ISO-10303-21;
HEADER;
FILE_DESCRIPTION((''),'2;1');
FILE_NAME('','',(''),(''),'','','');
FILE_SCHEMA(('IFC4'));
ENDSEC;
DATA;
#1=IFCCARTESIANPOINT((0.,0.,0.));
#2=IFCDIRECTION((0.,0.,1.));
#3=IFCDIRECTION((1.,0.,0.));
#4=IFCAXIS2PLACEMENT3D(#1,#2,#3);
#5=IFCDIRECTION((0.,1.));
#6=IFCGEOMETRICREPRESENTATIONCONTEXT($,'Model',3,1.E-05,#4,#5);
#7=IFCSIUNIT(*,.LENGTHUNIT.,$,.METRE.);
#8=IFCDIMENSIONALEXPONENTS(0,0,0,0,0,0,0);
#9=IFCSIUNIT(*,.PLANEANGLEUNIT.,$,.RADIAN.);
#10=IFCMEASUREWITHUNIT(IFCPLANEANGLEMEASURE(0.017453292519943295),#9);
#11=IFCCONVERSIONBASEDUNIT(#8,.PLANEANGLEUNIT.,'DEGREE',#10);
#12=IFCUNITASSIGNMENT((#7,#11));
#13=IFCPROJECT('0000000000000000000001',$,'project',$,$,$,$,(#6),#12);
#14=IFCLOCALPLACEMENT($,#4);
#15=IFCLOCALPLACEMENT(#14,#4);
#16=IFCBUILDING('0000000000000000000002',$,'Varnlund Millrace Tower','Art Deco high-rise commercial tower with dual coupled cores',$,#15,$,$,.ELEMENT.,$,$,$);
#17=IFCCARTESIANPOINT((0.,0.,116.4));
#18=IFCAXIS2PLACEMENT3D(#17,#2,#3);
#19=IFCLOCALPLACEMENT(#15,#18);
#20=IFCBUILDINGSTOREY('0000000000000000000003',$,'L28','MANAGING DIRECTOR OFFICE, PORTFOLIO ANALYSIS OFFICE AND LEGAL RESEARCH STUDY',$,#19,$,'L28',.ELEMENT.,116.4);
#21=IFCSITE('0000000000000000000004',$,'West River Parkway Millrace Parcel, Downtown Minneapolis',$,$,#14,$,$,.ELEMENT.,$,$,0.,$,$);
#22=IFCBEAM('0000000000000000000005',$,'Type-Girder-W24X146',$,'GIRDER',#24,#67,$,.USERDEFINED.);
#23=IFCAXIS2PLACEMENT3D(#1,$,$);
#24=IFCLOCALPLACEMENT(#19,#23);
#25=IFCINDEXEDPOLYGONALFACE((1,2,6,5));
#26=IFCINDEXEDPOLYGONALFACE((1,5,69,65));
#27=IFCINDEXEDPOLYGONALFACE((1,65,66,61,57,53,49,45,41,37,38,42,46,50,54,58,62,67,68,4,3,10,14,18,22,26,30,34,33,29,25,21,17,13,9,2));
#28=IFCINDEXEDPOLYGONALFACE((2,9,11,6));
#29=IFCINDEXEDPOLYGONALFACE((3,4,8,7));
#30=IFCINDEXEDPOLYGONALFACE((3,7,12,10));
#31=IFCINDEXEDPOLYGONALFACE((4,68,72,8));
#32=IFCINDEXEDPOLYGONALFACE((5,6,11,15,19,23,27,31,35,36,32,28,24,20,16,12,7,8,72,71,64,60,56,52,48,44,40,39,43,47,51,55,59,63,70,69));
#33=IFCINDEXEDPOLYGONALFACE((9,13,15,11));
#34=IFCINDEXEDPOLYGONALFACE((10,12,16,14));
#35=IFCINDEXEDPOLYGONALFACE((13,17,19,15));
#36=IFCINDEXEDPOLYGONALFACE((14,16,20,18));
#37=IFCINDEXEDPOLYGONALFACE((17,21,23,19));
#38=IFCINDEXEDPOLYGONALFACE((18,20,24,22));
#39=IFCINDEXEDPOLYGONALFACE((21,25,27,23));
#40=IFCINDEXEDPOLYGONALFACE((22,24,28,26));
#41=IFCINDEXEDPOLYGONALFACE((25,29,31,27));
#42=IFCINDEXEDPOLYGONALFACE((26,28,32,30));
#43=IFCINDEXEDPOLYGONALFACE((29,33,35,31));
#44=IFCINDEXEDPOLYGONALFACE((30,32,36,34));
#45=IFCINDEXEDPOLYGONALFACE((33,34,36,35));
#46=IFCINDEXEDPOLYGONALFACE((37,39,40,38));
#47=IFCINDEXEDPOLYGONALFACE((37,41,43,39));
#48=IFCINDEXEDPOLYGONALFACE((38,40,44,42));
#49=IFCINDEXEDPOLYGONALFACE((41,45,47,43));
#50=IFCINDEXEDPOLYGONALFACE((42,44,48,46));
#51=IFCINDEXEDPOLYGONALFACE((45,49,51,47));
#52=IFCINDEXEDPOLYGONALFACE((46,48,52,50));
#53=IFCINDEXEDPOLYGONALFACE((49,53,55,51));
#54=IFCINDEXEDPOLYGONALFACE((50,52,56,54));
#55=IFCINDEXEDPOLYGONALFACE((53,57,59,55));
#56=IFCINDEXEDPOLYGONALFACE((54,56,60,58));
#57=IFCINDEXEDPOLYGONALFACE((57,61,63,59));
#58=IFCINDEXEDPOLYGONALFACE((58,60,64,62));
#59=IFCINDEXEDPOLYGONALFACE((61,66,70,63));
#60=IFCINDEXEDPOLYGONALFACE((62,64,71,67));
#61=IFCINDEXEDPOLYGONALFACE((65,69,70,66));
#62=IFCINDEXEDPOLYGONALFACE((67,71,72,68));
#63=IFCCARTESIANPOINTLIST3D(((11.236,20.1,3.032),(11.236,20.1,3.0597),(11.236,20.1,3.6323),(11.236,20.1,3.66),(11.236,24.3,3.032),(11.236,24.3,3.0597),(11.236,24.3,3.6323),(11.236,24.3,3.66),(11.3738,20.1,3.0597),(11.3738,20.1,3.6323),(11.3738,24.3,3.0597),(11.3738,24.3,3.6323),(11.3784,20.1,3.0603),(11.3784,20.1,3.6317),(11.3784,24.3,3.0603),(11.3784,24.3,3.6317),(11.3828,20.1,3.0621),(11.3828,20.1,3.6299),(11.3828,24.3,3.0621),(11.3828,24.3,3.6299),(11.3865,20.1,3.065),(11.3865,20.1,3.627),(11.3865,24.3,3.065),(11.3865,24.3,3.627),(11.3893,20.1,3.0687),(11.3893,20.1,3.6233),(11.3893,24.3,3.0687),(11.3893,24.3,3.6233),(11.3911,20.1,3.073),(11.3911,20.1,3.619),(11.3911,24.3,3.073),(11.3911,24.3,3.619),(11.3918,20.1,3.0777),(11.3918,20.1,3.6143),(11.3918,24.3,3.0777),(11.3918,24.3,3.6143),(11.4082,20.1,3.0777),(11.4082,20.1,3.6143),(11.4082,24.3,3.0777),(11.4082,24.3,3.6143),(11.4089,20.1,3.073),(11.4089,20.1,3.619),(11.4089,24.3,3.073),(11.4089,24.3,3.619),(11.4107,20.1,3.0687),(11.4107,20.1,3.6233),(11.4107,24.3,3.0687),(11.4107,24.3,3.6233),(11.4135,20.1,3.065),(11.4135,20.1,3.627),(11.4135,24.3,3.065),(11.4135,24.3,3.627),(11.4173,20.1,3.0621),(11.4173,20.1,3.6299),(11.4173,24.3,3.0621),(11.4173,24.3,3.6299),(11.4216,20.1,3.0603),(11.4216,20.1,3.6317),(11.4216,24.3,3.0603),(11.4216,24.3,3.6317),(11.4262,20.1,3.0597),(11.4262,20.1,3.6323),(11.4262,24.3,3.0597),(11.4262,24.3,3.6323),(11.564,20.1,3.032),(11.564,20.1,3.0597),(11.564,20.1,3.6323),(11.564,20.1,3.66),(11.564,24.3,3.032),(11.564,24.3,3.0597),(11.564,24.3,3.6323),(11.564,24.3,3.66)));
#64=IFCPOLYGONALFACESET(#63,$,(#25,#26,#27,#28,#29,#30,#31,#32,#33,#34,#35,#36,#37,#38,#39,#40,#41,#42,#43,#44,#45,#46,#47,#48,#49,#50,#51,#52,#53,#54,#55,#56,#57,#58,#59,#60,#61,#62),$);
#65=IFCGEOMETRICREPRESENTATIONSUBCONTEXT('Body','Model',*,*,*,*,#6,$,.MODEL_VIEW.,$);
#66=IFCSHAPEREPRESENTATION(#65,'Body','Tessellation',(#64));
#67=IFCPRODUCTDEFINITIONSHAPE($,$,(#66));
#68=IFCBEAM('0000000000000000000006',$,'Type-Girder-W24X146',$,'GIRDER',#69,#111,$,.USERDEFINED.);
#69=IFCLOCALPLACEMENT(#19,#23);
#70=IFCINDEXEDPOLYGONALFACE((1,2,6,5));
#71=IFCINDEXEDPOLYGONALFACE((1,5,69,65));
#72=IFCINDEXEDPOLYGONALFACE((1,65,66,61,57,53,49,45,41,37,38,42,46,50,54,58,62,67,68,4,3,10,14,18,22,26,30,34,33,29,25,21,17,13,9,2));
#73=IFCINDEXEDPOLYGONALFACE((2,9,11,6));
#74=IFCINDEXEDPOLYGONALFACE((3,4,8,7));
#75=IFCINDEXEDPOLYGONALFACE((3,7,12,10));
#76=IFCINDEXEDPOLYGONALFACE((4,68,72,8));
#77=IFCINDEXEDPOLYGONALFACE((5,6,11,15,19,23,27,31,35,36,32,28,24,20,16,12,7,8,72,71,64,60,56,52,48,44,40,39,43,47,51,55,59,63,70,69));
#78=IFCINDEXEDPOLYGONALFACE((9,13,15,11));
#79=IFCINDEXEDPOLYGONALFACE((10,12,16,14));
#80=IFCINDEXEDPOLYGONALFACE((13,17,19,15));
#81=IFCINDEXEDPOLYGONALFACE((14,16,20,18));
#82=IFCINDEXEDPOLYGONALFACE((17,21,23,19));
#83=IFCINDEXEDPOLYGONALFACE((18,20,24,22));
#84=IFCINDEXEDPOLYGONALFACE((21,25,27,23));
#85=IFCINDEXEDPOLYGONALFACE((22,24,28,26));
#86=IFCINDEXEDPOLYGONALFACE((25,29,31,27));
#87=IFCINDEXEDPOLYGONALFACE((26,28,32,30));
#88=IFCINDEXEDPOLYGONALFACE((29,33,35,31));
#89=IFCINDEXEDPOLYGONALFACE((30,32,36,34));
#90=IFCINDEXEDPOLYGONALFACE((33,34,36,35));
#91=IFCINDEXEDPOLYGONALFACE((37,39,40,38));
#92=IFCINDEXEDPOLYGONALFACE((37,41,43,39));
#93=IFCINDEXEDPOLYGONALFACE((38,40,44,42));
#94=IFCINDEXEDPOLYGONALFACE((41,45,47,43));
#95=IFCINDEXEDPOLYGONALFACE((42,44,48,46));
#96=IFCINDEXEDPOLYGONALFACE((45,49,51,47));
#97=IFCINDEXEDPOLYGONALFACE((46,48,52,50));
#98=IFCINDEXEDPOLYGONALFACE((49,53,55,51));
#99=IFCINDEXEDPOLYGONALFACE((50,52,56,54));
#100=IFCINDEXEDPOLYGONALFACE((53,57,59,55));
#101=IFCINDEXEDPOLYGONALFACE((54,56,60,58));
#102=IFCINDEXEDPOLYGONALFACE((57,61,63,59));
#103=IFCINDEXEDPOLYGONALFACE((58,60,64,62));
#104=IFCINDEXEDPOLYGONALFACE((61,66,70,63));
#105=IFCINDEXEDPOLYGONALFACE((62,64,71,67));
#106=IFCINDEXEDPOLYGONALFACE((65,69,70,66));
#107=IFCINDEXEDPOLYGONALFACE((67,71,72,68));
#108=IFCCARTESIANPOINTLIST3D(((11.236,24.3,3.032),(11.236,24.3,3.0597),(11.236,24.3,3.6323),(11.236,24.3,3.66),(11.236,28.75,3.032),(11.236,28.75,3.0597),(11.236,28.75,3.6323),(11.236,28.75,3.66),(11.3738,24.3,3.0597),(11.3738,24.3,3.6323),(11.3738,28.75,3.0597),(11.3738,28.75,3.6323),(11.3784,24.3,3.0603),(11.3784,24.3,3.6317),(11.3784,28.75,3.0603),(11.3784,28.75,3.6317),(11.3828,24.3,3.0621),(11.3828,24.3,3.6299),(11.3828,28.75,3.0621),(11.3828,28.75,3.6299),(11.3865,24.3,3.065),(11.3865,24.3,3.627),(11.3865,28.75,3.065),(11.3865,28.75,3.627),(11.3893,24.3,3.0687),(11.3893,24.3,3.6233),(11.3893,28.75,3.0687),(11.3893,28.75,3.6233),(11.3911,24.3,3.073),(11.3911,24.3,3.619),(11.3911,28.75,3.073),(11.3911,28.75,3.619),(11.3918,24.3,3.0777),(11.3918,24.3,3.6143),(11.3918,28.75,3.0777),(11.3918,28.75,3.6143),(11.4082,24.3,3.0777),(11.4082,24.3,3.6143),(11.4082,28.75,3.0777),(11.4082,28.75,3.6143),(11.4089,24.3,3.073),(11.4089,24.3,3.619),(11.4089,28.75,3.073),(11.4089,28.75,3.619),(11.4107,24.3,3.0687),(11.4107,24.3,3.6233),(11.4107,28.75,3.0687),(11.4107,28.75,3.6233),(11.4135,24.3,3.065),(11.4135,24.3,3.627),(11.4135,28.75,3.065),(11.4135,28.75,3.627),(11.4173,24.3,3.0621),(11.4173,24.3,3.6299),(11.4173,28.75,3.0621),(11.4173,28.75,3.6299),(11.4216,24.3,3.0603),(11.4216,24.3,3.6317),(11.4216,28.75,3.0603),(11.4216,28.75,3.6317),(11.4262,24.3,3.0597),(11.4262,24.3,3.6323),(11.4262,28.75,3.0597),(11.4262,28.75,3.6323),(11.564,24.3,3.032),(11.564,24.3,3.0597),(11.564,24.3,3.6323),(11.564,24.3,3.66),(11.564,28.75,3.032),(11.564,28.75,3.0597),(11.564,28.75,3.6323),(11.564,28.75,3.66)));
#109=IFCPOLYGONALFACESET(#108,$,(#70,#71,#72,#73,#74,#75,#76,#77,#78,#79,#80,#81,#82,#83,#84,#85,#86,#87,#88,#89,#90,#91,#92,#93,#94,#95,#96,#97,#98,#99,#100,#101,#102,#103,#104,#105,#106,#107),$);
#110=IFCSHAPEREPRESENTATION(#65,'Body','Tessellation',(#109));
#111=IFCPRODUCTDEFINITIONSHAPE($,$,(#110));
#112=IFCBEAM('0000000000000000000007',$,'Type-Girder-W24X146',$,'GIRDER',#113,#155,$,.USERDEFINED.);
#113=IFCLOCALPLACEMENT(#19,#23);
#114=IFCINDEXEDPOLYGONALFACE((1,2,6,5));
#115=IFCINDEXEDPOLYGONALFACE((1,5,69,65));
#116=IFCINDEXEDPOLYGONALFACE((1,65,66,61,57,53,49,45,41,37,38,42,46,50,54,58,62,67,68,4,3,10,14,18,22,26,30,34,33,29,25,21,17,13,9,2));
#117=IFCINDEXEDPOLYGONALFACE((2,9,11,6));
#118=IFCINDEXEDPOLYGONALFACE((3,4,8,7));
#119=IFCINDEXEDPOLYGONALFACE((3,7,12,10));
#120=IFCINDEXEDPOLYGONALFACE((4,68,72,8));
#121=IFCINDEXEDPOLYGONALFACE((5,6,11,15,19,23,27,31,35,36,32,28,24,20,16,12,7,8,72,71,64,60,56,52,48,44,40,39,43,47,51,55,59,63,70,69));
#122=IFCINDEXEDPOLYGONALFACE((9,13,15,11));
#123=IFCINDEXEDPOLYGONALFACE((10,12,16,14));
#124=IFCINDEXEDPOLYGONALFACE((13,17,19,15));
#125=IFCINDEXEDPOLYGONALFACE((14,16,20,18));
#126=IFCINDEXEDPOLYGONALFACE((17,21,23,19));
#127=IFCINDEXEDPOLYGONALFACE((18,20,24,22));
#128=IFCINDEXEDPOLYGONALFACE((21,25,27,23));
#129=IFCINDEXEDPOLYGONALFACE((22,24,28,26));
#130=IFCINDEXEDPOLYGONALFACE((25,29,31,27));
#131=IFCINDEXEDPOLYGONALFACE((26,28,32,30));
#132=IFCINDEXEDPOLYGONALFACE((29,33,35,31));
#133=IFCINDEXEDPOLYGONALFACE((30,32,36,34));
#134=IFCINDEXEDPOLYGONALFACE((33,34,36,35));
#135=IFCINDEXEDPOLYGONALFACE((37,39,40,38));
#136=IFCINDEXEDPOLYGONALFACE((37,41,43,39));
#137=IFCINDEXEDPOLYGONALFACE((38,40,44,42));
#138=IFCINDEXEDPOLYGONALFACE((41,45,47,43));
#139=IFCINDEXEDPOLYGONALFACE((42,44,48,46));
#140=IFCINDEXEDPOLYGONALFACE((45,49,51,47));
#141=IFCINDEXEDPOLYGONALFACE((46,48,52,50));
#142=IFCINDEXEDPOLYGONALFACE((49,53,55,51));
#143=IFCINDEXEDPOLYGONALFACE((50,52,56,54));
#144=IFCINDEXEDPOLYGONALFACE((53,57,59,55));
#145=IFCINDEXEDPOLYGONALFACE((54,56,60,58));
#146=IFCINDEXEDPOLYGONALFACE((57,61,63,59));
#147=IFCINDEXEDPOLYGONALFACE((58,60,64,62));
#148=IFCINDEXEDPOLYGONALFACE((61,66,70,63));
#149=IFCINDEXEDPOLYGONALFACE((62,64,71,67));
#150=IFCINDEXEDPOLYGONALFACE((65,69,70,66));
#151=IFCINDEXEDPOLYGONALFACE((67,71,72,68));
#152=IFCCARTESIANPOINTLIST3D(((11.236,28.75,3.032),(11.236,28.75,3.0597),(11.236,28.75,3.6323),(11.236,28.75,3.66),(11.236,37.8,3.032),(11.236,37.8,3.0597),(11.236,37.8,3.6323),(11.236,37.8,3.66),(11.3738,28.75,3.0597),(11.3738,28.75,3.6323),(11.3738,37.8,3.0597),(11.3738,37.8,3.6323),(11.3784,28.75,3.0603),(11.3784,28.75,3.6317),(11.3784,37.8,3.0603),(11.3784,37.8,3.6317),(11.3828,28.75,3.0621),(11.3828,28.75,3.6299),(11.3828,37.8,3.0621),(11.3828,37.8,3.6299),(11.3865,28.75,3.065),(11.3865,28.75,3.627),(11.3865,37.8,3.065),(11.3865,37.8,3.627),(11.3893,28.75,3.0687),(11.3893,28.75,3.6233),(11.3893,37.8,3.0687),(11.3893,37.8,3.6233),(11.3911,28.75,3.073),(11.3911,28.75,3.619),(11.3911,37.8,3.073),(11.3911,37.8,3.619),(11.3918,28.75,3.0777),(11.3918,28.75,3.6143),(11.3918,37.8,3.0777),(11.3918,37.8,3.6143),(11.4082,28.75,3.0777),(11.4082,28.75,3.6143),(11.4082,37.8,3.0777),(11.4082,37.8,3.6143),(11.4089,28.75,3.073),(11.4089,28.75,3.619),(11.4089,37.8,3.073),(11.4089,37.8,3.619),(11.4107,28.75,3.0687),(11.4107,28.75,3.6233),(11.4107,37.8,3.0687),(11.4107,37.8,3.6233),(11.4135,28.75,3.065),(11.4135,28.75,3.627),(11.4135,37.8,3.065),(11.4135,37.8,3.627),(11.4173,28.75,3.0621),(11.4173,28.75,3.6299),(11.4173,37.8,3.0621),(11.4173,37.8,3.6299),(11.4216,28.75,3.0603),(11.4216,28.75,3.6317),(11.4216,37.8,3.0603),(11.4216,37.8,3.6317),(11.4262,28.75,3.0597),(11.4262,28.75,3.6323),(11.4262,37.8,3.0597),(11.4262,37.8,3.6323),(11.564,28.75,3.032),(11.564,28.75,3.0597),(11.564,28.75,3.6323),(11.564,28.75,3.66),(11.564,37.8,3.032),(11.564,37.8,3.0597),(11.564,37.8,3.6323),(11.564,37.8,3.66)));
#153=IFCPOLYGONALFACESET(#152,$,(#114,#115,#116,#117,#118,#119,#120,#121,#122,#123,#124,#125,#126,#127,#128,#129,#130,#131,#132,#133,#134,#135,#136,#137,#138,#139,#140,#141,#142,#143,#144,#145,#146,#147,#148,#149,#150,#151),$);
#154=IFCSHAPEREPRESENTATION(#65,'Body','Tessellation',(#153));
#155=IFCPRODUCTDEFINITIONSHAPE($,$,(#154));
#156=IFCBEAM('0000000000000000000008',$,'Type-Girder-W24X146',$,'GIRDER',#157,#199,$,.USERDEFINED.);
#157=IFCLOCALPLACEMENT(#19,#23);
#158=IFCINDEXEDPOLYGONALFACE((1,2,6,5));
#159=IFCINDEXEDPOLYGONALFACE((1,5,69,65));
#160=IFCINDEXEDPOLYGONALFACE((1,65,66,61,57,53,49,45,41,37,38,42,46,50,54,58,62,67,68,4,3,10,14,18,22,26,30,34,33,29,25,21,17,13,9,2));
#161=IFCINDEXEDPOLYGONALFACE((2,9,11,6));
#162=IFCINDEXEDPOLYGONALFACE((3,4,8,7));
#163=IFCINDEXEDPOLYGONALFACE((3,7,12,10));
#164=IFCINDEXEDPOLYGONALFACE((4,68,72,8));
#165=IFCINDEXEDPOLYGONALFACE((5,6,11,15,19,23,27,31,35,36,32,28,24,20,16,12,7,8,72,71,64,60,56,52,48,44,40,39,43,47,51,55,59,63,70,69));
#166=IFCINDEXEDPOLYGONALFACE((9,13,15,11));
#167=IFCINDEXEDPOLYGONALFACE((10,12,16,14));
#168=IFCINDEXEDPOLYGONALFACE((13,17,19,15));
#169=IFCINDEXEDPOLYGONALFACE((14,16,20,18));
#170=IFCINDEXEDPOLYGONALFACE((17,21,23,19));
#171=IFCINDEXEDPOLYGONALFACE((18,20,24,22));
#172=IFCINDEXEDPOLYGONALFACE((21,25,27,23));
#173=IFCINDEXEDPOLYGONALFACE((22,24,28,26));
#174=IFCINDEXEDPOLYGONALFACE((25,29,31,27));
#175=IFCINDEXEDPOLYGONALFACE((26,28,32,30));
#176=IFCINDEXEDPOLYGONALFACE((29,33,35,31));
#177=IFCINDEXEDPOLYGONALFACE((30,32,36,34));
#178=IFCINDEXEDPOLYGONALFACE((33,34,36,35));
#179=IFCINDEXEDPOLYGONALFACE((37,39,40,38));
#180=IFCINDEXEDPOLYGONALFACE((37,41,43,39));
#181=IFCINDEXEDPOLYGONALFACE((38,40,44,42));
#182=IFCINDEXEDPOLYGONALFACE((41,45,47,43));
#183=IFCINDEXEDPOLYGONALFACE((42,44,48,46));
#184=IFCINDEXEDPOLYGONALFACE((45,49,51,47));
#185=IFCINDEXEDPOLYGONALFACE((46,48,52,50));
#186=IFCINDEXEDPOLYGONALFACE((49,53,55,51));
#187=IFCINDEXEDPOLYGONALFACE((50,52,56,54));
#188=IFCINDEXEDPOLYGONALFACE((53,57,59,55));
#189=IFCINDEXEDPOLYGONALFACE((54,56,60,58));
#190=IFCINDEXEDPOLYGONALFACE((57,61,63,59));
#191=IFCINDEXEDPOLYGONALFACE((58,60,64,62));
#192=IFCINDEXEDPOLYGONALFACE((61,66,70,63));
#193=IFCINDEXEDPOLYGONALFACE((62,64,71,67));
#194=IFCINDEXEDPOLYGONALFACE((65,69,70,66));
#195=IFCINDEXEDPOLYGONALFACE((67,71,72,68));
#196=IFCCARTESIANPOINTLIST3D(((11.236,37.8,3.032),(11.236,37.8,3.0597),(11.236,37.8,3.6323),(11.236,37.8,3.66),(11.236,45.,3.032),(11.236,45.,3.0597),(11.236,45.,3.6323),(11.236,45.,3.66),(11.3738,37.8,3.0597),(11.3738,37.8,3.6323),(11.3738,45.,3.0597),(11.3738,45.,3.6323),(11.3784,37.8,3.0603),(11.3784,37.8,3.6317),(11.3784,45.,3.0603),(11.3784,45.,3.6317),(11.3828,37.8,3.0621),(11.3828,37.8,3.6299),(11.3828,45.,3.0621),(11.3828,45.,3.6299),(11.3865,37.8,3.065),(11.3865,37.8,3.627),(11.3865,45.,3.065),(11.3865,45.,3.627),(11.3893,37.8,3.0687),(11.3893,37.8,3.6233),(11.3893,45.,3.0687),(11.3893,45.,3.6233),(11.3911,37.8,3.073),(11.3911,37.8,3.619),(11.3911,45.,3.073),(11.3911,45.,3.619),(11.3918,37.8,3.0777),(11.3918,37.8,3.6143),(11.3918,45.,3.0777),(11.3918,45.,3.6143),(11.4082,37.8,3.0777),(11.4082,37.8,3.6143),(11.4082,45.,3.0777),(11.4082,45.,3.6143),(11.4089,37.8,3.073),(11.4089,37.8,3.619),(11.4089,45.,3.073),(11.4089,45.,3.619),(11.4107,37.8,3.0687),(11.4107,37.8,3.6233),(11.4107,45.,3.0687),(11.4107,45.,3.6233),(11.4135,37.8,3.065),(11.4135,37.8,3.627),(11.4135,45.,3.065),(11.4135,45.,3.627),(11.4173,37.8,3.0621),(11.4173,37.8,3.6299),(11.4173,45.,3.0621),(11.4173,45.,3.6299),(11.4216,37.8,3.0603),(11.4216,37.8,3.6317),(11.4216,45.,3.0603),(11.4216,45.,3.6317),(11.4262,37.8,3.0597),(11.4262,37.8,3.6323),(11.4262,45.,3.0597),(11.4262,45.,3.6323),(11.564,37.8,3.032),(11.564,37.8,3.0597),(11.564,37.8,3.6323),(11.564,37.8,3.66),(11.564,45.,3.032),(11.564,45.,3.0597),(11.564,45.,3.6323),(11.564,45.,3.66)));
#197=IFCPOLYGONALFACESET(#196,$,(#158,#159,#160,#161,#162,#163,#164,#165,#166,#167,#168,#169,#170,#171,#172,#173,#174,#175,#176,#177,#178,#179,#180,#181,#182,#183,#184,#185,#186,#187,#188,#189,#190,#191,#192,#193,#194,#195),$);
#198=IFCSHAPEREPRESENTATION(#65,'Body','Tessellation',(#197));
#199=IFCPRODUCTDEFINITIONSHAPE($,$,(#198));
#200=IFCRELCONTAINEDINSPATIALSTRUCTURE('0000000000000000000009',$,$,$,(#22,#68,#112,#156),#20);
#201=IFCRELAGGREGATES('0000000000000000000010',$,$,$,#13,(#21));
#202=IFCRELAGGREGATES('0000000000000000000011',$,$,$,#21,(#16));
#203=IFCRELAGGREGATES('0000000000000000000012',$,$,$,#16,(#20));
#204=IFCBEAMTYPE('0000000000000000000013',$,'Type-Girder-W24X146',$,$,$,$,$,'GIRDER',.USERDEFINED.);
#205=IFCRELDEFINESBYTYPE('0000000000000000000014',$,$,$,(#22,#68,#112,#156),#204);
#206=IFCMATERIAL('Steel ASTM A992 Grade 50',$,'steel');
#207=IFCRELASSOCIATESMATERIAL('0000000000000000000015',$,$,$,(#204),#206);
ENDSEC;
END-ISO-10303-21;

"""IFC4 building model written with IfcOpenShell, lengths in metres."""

from ifc_helpers import new_model, entity, si_unit, converted_unit, direction, frame, origin_with_axes, origin_2d_with_axis, place, context, subcontext, project, spatial, i_section, extrude, material, material_profile, profile_set, type_object, element, save


model = new_model("IFC4")

# Units and contexts
model_context = context("Model", 3, precision=1e-05, world=origin_with_axes(), true_north=direction((0.0, 1.0)))
body_context = subcontext(model_context, "Body", "Model", "MODEL_VIEW")
ifc_project = project(units=[si_unit("LENGTHUNIT", "METRE"), converted_unit("PLANEANGLEUNIT", "DEGREE", entity("IfcPlaneAngleMeasure", 0.017453292519943295), si_unit("PLANEANGLEUNIT", "RADIAN"), dimensions=[0, 0, 0, 0, 0, 0, 0])], contexts=[model_context])

# Site, building, storey
site_placement = place(None, origin_with_axes())
site = spatial("IfcSite", under=ifc_project, at=site_placement, Name="West River Parkway Millrace Parcel, Downtown Minneapolis", CompositionType="ELEMENT", RefElevation=0.0)
building_placement = place(site_placement, origin_with_axes())
building = spatial("IfcBuilding", under=site, at=building_placement, Name="Varnlund Millrace Tower", Description="Art Deco high-rise commercial tower with dual coupled cores", CompositionType="ELEMENT")
storey_placement = place(building_placement, frame((0.0, 0.0, 116.4), z_axis=(0.0, 0.0, 1.0), x_axis=(1.0, 0.0, 0.0)))
storey = spatial("IfcBuildingStorey", under=building, at=storey_placement, Name="L28", Description="MANAGING DIRECTOR OFFICE, PORTFOLIO ANALYSIS OFFICE AND LEGAL RESEARCH STUDY", LongName="L28", CompositionType="ELEMENT", Elevation=116.4)

# Beams
ifc_material_1 = material(Name="Steel ASTM A992 Grade 50", Category="steel")
ifc_material_profile_1 = material_profile(ifc_material_1, i_section(OverallWidth=0.328, OverallDepth=0.628, WebThickness=0.0165, FlangeThickness=0.0277, FilletRadius=0.018, at=origin_2d_with_axis()), Name="Steel ASTM A992 Grade 50")
ifc_profile_set_1 = profile_set([ifc_material_profile_1], Name="Steel ASTM A992 Grade 50")
beam_type_1 = type_object("IfcBeamType", Name="Type-Girder-W24X146", ElementType="GIRDER", PredefinedType="USERDEFINED", material=ifc_profile_set_1)
beam_1_placement = place(storey_placement, frame((11.4, 20.1, 3.346), z_axis=(0.0, 1.0, 0.0), x_axis=(-1.0, 0.0, 0.0)))
element("IfcBeam", 1, at=beam_1_placement, inside=storey, type_object=beam_type_1, Name="Type-Girder-W24X146", ObjectType="GIRDER", PredefinedType="USERDEFINED", context=body_context, shape_type="SweptSolid", body=[
    extrude(i_section(OverallWidth=0.328, OverallDepth=0.628, WebThickness=0.0165, FlangeThickness=0.0277, FilletRadius=0.018, at=origin_2d_with_axis()), origin_with_axes(), (0.0, 0.0, 1.0), 4.2),
])
beam_2_placement = place(storey_placement, frame((11.4, 24.3, 3.346), z_axis=(0.0, 1.0, 0.0), x_axis=(-1.0, 0.0, 0.0)))
element("IfcBeam", 2, at=beam_2_placement, inside=storey, type_object=beam_type_1, Name="Type-Girder-W24X146", ObjectType="GIRDER", PredefinedType="USERDEFINED", context=body_context, shape_type="SweptSolid", body=[
    extrude(i_section(OverallWidth=0.328, OverallDepth=0.628, WebThickness=0.0165, FlangeThickness=0.0277, FilletRadius=0.018, at=origin_2d_with_axis()), origin_with_axes(), (0.0, 0.0, 1.0), 4.45),
])
beam_3_placement = place(storey_placement, frame((11.4, 28.75, 3.346), z_axis=(0.0, 1.0, 0.0), x_axis=(-1.0, 0.0, 0.0)))
element("IfcBeam", 3, at=beam_3_placement, inside=storey, type_object=beam_type_1, Name="Type-Girder-W24X146", ObjectType="GIRDER", PredefinedType="USERDEFINED", context=body_context, shape_type="SweptSolid", body=[
    extrude(i_section(OverallWidth=0.328, OverallDepth=0.628, WebThickness=0.0165, FlangeThickness=0.0277, FilletRadius=0.018, at=origin_2d_with_axis()), origin_with_axes(), (0.0, 0.0, 1.0), 9.05),
])
beam_4_placement = place(storey_placement, frame((11.4, 37.8, 3.346), z_axis=(0.0, 1.0, 0.0), x_axis=(-1.0, 0.0, 0.0)))
element("IfcBeam", 4, at=beam_4_placement, inside=storey, type_object=beam_type_1, Name="Type-Girder-W24X146", ObjectType="GIRDER", PredefinedType="USERDEFINED", context=body_context, shape_type="SweptSolid", body=[
    extrude(i_section(OverallWidth=0.328, OverallDepth=0.628, WebThickness=0.0165, FlangeThickness=0.0277, FilletRadius=0.018, at=origin_2d_with_axis()), origin_with_axes(), (0.0, 0.0, 1.0), 7.2),
])

save(model, "model.ifc")
